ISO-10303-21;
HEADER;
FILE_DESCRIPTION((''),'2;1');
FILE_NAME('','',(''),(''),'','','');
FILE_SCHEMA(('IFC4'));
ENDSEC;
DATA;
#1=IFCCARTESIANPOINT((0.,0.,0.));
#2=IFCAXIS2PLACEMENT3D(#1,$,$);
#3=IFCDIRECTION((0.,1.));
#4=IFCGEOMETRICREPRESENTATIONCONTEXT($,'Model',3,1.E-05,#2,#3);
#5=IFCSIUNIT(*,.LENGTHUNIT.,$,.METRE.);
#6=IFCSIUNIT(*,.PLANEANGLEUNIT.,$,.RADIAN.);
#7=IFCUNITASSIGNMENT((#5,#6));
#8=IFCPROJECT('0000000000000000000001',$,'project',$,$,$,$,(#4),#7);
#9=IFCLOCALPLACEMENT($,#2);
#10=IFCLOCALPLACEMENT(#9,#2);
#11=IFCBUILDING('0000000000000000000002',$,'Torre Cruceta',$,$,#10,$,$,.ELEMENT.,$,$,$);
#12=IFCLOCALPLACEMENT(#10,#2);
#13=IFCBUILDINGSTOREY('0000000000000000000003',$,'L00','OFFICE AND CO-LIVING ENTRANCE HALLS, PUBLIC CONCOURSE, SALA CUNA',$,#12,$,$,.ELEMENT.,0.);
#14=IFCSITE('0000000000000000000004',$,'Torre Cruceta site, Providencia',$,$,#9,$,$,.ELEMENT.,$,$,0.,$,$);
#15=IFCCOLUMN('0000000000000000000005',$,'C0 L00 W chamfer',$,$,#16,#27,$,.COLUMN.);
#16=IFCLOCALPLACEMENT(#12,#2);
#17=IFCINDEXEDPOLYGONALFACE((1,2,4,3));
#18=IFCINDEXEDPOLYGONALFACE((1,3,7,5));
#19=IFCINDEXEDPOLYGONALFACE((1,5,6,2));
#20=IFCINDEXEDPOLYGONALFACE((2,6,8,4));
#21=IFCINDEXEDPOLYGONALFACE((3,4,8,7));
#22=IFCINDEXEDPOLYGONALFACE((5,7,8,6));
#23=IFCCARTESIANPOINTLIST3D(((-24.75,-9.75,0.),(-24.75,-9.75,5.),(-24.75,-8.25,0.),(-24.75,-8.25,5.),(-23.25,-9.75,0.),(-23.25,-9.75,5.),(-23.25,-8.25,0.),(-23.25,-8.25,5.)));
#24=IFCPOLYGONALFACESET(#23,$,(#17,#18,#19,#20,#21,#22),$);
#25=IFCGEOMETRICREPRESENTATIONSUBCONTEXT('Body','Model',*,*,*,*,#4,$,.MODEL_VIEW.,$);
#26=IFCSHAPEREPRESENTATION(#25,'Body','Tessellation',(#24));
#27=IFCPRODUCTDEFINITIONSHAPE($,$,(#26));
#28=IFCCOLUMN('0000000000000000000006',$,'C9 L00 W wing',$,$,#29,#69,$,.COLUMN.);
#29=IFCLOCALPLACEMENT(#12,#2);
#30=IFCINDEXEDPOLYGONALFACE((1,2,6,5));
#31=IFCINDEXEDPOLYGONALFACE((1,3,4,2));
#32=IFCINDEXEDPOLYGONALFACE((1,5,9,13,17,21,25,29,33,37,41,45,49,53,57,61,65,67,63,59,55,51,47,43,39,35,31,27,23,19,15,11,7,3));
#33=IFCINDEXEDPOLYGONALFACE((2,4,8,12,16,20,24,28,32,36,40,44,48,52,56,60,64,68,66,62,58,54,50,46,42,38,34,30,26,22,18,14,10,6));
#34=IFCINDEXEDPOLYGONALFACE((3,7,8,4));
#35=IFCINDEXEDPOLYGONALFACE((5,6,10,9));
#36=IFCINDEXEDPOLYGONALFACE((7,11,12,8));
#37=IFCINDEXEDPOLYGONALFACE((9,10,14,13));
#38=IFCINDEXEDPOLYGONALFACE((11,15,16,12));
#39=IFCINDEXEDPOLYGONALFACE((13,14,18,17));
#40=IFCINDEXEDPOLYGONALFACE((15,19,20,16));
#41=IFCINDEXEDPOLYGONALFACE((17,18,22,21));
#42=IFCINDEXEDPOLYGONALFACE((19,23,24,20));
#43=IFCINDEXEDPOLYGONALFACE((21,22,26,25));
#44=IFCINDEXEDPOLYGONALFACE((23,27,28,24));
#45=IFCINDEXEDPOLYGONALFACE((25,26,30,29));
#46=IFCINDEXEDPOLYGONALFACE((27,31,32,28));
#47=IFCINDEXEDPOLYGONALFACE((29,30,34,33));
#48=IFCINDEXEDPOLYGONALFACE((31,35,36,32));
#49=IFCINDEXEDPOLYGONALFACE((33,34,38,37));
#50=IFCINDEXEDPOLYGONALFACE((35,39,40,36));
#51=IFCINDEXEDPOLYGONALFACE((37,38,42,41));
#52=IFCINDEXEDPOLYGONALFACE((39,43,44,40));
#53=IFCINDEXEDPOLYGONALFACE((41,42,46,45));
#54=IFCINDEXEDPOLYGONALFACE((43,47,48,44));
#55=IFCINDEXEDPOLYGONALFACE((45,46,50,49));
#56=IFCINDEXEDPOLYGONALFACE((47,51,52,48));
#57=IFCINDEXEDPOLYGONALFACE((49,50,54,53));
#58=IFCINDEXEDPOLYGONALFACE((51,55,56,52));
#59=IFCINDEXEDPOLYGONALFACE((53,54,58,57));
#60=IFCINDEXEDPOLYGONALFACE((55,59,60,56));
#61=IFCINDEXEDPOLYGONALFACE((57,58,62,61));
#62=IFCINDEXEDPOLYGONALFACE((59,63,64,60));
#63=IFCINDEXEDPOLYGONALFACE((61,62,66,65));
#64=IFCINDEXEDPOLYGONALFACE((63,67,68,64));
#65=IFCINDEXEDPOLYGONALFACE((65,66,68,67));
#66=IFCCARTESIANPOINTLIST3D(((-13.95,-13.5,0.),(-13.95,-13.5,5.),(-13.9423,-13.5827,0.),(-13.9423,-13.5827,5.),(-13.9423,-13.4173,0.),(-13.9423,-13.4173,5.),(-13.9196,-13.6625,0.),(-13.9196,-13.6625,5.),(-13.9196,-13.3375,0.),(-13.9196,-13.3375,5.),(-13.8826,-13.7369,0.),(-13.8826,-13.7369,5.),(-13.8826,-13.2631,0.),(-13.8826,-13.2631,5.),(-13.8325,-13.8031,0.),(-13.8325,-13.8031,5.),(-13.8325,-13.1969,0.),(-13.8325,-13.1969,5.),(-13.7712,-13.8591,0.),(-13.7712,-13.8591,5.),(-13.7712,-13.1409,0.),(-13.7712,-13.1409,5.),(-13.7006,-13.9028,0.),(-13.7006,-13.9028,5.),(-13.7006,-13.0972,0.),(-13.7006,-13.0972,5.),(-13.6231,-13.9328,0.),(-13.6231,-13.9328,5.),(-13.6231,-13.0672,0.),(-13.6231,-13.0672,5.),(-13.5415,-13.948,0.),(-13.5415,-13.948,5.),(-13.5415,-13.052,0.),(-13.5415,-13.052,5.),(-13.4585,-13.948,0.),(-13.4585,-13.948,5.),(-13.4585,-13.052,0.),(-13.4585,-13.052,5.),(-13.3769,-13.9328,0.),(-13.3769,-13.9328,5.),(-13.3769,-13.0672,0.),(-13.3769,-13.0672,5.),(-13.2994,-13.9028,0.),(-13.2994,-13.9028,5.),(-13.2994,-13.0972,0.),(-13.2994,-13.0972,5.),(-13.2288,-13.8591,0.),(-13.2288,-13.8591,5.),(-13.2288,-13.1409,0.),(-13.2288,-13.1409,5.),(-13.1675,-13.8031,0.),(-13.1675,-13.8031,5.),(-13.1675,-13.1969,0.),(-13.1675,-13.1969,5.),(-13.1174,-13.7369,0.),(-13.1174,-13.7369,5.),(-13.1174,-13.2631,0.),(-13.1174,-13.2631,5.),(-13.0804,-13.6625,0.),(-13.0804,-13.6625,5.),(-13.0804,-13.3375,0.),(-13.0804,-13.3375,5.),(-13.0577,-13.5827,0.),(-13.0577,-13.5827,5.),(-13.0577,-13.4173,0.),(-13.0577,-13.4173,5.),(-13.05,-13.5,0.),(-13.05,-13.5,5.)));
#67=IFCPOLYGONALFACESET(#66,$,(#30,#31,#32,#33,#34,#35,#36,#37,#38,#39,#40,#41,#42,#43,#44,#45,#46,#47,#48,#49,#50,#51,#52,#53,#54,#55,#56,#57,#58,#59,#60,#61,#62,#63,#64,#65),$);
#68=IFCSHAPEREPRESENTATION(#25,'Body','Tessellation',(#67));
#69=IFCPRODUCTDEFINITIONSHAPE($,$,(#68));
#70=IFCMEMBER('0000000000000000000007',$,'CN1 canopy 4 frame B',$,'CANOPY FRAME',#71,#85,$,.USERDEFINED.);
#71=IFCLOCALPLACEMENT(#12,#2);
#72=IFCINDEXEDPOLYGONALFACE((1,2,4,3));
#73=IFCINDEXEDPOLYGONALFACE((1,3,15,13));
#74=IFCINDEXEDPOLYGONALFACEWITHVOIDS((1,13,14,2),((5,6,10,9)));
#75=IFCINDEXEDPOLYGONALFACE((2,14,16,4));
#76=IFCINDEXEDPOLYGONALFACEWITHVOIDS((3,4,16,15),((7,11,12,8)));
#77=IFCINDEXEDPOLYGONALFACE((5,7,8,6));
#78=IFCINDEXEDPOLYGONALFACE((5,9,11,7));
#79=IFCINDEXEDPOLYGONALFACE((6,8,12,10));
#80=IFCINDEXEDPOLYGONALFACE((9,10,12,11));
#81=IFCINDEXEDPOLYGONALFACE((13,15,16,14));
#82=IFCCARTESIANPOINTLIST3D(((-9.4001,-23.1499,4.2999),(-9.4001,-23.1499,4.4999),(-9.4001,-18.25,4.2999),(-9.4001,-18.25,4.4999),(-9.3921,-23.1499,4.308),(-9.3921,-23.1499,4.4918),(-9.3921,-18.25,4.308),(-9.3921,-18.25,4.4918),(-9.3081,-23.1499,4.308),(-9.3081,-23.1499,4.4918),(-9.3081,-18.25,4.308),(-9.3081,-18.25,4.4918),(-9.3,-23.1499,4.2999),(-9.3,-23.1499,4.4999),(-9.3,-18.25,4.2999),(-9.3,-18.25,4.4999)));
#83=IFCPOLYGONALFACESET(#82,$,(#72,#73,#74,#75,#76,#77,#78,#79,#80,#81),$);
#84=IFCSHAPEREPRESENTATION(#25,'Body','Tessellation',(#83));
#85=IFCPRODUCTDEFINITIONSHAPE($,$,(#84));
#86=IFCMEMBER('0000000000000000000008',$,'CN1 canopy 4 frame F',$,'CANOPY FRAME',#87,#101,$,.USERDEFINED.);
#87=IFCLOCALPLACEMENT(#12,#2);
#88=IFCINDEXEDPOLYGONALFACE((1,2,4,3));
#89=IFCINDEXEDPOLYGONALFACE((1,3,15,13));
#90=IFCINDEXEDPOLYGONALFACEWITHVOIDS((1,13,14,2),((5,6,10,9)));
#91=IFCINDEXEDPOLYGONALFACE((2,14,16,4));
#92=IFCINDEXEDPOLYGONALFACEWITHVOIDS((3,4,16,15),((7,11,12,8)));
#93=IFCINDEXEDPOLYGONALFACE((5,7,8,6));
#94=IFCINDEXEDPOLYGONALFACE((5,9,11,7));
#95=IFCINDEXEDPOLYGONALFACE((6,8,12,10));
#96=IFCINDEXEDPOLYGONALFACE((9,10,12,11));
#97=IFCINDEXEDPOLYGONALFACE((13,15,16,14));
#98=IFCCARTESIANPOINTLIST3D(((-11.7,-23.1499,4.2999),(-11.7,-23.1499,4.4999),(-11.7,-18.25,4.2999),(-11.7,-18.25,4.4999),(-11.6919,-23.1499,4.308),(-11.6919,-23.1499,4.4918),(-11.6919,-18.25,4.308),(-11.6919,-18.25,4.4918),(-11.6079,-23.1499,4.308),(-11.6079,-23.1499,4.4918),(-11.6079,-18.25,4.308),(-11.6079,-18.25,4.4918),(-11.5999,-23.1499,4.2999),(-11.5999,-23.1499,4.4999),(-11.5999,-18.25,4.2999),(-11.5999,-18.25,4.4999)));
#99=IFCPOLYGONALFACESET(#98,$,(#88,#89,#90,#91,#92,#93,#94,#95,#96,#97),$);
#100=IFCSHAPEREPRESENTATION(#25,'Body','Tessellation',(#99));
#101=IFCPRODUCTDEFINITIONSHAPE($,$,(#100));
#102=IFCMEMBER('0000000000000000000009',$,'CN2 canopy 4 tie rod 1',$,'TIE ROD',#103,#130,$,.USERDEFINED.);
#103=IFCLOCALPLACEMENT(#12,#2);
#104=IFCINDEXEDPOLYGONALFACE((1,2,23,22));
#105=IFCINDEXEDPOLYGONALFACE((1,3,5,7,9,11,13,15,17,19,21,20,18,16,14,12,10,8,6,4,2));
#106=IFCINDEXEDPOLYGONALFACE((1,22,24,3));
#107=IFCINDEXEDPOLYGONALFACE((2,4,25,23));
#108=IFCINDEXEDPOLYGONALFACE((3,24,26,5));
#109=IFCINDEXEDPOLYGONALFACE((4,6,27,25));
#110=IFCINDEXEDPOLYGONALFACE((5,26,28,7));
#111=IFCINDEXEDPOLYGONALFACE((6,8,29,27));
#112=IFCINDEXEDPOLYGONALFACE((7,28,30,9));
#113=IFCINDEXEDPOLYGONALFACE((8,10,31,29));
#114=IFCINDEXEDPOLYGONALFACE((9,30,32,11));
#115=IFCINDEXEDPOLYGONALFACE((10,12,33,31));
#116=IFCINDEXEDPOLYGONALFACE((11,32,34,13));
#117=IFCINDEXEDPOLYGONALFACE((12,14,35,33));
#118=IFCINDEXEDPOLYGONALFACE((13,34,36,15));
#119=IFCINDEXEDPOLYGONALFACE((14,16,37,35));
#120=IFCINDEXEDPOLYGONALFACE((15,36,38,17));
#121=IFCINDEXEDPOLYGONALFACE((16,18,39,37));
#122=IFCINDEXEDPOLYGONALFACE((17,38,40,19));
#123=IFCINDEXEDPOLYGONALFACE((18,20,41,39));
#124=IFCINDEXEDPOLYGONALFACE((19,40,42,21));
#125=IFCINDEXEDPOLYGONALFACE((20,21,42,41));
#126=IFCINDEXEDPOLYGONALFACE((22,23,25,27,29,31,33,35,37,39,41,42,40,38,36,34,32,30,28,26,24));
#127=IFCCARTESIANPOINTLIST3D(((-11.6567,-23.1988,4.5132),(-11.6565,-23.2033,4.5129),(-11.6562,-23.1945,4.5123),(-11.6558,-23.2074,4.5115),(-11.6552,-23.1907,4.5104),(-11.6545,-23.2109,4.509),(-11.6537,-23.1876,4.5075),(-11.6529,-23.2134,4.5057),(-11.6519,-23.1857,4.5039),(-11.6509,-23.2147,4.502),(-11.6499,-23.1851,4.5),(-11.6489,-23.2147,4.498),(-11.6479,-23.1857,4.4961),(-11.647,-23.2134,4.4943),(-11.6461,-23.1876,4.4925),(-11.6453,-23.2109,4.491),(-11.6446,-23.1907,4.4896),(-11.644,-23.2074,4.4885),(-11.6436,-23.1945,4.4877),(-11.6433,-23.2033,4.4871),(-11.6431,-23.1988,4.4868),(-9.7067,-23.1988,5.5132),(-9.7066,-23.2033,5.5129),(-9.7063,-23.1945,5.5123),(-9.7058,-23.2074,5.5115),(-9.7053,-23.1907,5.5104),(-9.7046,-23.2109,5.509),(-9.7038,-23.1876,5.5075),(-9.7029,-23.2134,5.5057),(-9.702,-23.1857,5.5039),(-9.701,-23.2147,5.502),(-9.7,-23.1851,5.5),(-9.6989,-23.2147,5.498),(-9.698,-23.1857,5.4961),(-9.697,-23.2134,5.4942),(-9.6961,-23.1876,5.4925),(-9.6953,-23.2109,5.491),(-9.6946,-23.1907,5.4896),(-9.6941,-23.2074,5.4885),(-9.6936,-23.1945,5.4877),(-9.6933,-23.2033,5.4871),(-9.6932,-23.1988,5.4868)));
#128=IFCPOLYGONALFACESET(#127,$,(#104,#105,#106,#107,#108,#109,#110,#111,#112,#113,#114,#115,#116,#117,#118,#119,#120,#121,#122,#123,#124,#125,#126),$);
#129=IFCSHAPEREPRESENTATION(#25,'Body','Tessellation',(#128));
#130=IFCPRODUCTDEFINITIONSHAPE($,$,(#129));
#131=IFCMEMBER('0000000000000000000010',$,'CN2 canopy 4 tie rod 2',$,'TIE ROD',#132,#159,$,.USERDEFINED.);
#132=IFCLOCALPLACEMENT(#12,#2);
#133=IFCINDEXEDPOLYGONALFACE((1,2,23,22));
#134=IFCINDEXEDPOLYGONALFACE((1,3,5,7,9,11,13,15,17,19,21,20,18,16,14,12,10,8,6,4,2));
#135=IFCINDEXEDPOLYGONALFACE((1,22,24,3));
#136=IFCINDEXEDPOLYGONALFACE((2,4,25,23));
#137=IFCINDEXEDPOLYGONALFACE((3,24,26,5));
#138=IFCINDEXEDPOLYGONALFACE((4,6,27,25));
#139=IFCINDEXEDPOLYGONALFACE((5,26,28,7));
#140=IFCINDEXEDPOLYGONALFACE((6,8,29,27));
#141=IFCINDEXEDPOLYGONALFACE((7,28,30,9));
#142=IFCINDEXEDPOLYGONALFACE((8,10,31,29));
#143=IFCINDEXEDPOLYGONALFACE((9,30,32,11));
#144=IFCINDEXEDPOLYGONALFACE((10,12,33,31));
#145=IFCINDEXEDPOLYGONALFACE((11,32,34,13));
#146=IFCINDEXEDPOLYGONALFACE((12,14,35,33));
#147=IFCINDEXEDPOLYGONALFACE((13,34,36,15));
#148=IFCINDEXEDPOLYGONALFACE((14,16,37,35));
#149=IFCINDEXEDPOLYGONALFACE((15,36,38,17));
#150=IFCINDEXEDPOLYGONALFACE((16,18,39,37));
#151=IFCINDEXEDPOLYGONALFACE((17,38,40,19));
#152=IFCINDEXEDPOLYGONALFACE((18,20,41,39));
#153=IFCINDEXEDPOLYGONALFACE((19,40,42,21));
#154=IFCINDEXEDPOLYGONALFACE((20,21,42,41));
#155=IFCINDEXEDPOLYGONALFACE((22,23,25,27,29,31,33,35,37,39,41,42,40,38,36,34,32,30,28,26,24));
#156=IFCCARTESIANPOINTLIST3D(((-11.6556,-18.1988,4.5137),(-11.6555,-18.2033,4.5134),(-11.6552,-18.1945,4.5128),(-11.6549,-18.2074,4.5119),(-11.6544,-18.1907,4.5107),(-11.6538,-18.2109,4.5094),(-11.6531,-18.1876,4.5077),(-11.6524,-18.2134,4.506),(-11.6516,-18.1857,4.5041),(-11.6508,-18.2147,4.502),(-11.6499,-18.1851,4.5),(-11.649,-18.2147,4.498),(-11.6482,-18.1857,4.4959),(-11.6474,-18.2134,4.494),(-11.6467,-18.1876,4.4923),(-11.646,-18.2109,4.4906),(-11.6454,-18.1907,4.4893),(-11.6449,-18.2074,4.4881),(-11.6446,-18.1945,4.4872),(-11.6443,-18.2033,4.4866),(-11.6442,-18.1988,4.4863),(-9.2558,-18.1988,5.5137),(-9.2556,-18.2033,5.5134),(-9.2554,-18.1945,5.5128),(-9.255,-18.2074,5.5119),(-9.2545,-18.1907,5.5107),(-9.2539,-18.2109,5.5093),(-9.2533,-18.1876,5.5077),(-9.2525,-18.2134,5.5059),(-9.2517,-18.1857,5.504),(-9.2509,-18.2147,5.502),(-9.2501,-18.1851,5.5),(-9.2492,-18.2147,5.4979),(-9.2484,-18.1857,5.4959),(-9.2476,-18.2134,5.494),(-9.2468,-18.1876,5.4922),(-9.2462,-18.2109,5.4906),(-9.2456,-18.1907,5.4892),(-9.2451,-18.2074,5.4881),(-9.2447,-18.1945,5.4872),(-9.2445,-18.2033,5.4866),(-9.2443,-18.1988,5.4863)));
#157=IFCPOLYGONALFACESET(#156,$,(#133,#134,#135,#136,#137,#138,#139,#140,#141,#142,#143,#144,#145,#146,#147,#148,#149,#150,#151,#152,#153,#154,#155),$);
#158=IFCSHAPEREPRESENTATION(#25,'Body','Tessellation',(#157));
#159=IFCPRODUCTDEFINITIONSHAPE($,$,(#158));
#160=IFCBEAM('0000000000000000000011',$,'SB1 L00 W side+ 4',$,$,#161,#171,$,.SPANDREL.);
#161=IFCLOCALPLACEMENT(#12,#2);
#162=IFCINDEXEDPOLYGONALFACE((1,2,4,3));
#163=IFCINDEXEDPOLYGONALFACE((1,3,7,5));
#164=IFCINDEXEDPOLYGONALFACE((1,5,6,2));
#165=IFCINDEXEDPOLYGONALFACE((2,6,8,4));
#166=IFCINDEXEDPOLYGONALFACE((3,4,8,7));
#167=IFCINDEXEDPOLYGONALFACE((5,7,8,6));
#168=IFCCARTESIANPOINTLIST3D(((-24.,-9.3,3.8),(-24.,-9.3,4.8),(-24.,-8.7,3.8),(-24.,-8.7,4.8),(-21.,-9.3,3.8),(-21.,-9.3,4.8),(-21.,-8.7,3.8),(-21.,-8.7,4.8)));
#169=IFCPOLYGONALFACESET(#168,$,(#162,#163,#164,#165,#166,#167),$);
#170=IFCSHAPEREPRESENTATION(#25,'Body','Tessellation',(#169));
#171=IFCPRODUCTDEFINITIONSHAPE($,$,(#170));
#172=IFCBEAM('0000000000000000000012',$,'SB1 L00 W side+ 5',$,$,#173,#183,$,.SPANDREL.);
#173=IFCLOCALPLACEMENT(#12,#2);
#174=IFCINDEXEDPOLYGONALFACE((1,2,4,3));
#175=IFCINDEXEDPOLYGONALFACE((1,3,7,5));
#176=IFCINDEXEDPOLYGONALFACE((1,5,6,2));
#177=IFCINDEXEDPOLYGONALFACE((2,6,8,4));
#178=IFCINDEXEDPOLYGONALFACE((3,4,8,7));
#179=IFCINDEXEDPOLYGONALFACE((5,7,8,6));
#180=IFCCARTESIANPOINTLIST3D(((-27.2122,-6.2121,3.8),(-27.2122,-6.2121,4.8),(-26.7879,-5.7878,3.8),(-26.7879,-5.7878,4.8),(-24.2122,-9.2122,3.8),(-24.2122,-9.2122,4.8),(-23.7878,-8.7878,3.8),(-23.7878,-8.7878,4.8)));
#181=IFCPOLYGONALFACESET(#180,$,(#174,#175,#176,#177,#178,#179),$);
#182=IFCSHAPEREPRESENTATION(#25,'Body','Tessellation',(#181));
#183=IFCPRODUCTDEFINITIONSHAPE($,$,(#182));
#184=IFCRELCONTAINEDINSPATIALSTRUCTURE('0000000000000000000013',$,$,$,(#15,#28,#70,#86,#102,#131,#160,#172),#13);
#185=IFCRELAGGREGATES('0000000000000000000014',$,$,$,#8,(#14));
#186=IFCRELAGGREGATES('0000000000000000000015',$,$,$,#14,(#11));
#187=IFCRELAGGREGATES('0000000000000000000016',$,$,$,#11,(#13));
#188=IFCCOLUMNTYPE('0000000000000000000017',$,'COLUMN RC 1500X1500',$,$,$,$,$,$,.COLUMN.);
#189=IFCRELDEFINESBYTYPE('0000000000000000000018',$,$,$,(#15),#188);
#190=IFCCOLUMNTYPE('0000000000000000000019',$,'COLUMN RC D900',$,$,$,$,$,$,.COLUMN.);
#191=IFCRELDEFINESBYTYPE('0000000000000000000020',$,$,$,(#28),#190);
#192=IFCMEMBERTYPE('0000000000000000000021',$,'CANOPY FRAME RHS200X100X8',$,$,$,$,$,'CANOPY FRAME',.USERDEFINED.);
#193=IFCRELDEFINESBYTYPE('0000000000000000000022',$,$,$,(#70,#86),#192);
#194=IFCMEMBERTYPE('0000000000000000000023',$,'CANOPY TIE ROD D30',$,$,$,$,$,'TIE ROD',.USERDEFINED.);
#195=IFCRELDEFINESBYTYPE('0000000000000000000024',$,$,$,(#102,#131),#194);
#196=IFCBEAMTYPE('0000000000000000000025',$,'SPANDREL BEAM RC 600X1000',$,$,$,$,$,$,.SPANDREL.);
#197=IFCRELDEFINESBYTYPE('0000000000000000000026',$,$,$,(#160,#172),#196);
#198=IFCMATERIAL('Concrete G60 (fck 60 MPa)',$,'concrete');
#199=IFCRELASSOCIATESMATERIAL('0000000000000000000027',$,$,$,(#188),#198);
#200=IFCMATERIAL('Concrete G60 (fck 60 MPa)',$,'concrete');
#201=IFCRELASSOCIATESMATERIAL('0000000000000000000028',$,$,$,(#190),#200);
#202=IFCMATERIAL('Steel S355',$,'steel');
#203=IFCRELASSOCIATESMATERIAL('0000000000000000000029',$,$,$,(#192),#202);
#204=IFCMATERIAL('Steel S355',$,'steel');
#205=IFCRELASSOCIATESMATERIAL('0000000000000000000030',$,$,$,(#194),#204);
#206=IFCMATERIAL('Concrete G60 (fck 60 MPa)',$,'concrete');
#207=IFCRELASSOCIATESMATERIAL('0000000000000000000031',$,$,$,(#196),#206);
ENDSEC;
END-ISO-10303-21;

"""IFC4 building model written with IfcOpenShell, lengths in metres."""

from ifc_helpers import new_model, si_unit, direction, frame, origin, origin_2d, place, context, subcontext, project, spatial, rectangle, hollow_rectangle, circle, extrude, material, material_profile, profile_set, type_object, element, save


model = new_model("IFC4")

# Units and contexts
model_context = context("Model", 3, precision=1e-05, world=origin(), true_north=direction((0.0, 1.0)))
body_context = subcontext(model_context, "Body", "Model", "MODEL_VIEW")
ifc_project = project(units=[si_unit("LENGTHUNIT", "METRE"), si_unit("PLANEANGLEUNIT", "RADIAN")], contexts=[model_context])

# Site, building, storey
site_placement = place(None, origin())
site = spatial("IfcSite", under=ifc_project, at=site_placement, Name="Torre Cruceta site, Providencia", CompositionType="ELEMENT", RefElevation=0.0)
building_placement = place(site_placement, origin())
building = spatial("IfcBuilding", under=site, at=building_placement, Name="Torre Cruceta", CompositionType="ELEMENT")
storey_placement = place(building_placement, origin())
storey = spatial("IfcBuildingStorey", under=building, at=storey_placement, Name="L00", Description="OFFICE AND CO-LIVING ENTRANCE HALLS, PUBLIC CONCOURSE, SALA CUNA", CompositionType="ELEMENT", Elevation=0.0)

# Columns
ifc_material_1 = material(Name="Concrete G60 (fck 60 MPa)", Category="concrete")
ifc_material_profile_1 = material_profile(ifc_material_1, rectangle(XDim=1.5, YDim=1.5, at=origin_2d()), Name="RC 1500X1500")
ifc_profile_set_1 = profile_set([ifc_material_profile_1], Name="Concrete G60 (fck 60 MPa)")
column_type_1 = type_object("IfcColumnType", Name="COLUMN RC 1500X1500", PredefinedType="COLUMN", material=ifc_profile_set_1)
column_1_placement = place(storey_placement, frame((-24.0, -9.0, 0.0), z_axis=(0.0, 0.0, 1.0), x_axis=(1.0, 0.0, 0.0)))
element("IfcColumn", 1, at=column_1_placement, inside=storey, type_object=column_type_1, Name="C0 L00 W chamfer", PredefinedType="COLUMN", context=body_context, shape_type="SweptSolid", body=[
    extrude(rectangle(XDim=1.5, YDim=1.5, at=origin_2d()), origin(), (0.0, 0.0, 1.0), 5.0),
])
ifc_material_2 = material(Name="Concrete G60 (fck 60 MPa)", Category="concrete")
ifc_material_profile_2 = material_profile(ifc_material_2, circle(Radius=0.45, at=origin_2d()), Name="RC D900")
ifc_profile_set_2 = profile_set([ifc_material_profile_2], Name="Concrete G60 (fck 60 MPa)")
column_type_2 = type_object("IfcColumnType", Name="COLUMN RC D900", PredefinedType="COLUMN", material=ifc_profile_set_2)
column_2_placement = place(storey_placement, frame((-13.5, -13.5, 0.0), z_axis=(0.0, 0.0, 1.0), x_axis=(1.0, 0.0, 0.0)))
element("IfcColumn", 2, at=column_2_placement, inside=storey, type_object=column_type_2, Name="C9 L00 W wing", PredefinedType="COLUMN", context=body_context, shape_type="SweptSolid", body=[
    extrude(circle(Radius=0.45, at=origin_2d()), origin(), (0.0, 0.0, 1.0), 5.0),
])

# Members
ifc_material_3 = material(Name="Steel S355", Category="steel")
ifc_material_profile_3 = material_profile(ifc_material_3, hollow_rectangle(XDim=0.1001, YDim=0.2, WallThickness=0.0081, at=origin_2d()), Name="RHS200X100X8")
ifc_profile_set_3 = profile_set([ifc_material_profile_3], Name="Steel S355")
member_type_1 = type_object("IfcMemberType", Name="CANOPY FRAME RHS200X100X8", ElementType="CANOPY FRAME", PredefinedType="USERDEFINED", material=ifc_profile_set_3)
for number, where, z_axis, x_axis, name in (
    (3, (-9.3501, -23.1499, 4.3999), (0.0, 1.0, 0.0), (-1.0, 0.0, 0.0), "CN1 canopy 4 frame B"),
    (4, (-11.6499, -23.1499, 4.3999), (0.0, 1.0, 0.0), (-1.0, 0.0, 0.0), "CN1 canopy 4 frame F"),
):
    element("IfcMember", number, at=place(storey_placement, frame(where, z_axis=z_axis, x_axis=x_axis)), inside=storey, type_object=member_type_1, Name=name, ObjectType="CANOPY FRAME", PredefinedType="USERDEFINED", context=body_context, shape_type="SweptSolid", body=[
        extrude(hollow_rectangle(XDim=0.1001, YDim=0.2, WallThickness=0.0081, at=origin_2d()), origin(), (0.0, 0.0, 1.0), 4.8999),
    ])
ifc_material_4 = material(Name="Steel S355", Category="steel")
ifc_material_profile_4 = material_profile(ifc_material_4, circle(Radius=0.0149, at=origin_2d()), Name="ROD D30")
ifc_profile_set_4 = profile_set([ifc_material_profile_4], Name="Steel S355")
member_type_2 = type_object("IfcMemberType", Name="CANOPY TIE ROD D30", ElementType="TIE ROD", PredefinedType="USERDEFINED", material=ifc_profile_set_4)
member_1_placement = place(storey_placement, frame((-11.6499, -23.2, 4.5), z_axis=(0.889813, 0.0, 0.456326), x_axis=(0.0, 1.0, 0.0)))
element("IfcMember", 5, at=member_1_placement, inside=storey, type_object=member_type_2, Name="CN2 canopy 4 tie rod 1", ObjectType="TIE ROD", PredefinedType="USERDEFINED", context=body_context, shape_type="SweptSolid", body=[
    extrude(circle(Radius=0.0149, at=origin_2d()), origin(), (0.0, 0.0, 1.0), 2.1914),
])
member_2_placement = place(storey_placement, frame((-11.6499, -18.2, 4.5), z_axis=(0.923071, 0.0, 0.384629), x_axis=(0.0, 1.0, 0.0)))
element("IfcMember", 6, at=member_2_placement, inside=storey, type_object=member_type_2, Name="CN2 canopy 4 tie rod 2", ObjectType="TIE ROD", PredefinedType="USERDEFINED", context=body_context, shape_type="SweptSolid", body=[
    extrude(circle(Radius=0.0149, at=origin_2d()), origin(), (0.0, 0.0, 1.0), 2.5999),
])

# Beams
ifc_material_5 = material(Name="Concrete G60 (fck 60 MPa)", Category="concrete")
ifc_material_profile_5 = material_profile(ifc_material_5, rectangle(XDim=0.6001, YDim=1.0, at=origin_2d()), Name="RC 600X1000")
ifc_profile_set_5 = profile_set([ifc_material_profile_5], Name="Concrete G60 (fck 60 MPa)")
beam_type_1 = type_object("IfcBeamType", Name="SPANDREL BEAM RC 600X1000", PredefinedType="SPANDREL", material=ifc_profile_set_5)
beam_1_placement = place(storey_placement, frame((-21.0, -9.0, 4.3), z_axis=(-1.0, 0.0, 0.0), x_axis=(0.0, -1.0, 0.0)))
element("IfcBeam", 7, at=beam_1_placement, inside=storey, type_object=beam_type_1, Name="SB1 L00 W side+ 4", PredefinedType="SPANDREL", context=body_context, shape_type="SweptSolid", body=[
    extrude(rectangle(XDim=0.6001, YDim=1.0, at=origin_2d()), origin(), (0.0, 0.0, 1.0), 3.0),
])
beam_2_placement = place(storey_placement, frame((-24.0, -9.0, 4.3), z_axis=(-0.707107, 0.707107, 0.0), x_axis=(-0.707107, -0.707107, 0.0)))
element("IfcBeam", 8, at=beam_2_placement, inside=storey, type_object=beam_type_1, Name="SB1 L00 W side+ 5", PredefinedType="SPANDREL", context=body_context, shape_type="SweptSolid", body=[
    extrude(rectangle(XDim=0.6001, YDim=1.0, at=origin_2d()), origin(), (0.0, 0.0, 1.0), 4.2427),
])

save(model, "model.ifc")
